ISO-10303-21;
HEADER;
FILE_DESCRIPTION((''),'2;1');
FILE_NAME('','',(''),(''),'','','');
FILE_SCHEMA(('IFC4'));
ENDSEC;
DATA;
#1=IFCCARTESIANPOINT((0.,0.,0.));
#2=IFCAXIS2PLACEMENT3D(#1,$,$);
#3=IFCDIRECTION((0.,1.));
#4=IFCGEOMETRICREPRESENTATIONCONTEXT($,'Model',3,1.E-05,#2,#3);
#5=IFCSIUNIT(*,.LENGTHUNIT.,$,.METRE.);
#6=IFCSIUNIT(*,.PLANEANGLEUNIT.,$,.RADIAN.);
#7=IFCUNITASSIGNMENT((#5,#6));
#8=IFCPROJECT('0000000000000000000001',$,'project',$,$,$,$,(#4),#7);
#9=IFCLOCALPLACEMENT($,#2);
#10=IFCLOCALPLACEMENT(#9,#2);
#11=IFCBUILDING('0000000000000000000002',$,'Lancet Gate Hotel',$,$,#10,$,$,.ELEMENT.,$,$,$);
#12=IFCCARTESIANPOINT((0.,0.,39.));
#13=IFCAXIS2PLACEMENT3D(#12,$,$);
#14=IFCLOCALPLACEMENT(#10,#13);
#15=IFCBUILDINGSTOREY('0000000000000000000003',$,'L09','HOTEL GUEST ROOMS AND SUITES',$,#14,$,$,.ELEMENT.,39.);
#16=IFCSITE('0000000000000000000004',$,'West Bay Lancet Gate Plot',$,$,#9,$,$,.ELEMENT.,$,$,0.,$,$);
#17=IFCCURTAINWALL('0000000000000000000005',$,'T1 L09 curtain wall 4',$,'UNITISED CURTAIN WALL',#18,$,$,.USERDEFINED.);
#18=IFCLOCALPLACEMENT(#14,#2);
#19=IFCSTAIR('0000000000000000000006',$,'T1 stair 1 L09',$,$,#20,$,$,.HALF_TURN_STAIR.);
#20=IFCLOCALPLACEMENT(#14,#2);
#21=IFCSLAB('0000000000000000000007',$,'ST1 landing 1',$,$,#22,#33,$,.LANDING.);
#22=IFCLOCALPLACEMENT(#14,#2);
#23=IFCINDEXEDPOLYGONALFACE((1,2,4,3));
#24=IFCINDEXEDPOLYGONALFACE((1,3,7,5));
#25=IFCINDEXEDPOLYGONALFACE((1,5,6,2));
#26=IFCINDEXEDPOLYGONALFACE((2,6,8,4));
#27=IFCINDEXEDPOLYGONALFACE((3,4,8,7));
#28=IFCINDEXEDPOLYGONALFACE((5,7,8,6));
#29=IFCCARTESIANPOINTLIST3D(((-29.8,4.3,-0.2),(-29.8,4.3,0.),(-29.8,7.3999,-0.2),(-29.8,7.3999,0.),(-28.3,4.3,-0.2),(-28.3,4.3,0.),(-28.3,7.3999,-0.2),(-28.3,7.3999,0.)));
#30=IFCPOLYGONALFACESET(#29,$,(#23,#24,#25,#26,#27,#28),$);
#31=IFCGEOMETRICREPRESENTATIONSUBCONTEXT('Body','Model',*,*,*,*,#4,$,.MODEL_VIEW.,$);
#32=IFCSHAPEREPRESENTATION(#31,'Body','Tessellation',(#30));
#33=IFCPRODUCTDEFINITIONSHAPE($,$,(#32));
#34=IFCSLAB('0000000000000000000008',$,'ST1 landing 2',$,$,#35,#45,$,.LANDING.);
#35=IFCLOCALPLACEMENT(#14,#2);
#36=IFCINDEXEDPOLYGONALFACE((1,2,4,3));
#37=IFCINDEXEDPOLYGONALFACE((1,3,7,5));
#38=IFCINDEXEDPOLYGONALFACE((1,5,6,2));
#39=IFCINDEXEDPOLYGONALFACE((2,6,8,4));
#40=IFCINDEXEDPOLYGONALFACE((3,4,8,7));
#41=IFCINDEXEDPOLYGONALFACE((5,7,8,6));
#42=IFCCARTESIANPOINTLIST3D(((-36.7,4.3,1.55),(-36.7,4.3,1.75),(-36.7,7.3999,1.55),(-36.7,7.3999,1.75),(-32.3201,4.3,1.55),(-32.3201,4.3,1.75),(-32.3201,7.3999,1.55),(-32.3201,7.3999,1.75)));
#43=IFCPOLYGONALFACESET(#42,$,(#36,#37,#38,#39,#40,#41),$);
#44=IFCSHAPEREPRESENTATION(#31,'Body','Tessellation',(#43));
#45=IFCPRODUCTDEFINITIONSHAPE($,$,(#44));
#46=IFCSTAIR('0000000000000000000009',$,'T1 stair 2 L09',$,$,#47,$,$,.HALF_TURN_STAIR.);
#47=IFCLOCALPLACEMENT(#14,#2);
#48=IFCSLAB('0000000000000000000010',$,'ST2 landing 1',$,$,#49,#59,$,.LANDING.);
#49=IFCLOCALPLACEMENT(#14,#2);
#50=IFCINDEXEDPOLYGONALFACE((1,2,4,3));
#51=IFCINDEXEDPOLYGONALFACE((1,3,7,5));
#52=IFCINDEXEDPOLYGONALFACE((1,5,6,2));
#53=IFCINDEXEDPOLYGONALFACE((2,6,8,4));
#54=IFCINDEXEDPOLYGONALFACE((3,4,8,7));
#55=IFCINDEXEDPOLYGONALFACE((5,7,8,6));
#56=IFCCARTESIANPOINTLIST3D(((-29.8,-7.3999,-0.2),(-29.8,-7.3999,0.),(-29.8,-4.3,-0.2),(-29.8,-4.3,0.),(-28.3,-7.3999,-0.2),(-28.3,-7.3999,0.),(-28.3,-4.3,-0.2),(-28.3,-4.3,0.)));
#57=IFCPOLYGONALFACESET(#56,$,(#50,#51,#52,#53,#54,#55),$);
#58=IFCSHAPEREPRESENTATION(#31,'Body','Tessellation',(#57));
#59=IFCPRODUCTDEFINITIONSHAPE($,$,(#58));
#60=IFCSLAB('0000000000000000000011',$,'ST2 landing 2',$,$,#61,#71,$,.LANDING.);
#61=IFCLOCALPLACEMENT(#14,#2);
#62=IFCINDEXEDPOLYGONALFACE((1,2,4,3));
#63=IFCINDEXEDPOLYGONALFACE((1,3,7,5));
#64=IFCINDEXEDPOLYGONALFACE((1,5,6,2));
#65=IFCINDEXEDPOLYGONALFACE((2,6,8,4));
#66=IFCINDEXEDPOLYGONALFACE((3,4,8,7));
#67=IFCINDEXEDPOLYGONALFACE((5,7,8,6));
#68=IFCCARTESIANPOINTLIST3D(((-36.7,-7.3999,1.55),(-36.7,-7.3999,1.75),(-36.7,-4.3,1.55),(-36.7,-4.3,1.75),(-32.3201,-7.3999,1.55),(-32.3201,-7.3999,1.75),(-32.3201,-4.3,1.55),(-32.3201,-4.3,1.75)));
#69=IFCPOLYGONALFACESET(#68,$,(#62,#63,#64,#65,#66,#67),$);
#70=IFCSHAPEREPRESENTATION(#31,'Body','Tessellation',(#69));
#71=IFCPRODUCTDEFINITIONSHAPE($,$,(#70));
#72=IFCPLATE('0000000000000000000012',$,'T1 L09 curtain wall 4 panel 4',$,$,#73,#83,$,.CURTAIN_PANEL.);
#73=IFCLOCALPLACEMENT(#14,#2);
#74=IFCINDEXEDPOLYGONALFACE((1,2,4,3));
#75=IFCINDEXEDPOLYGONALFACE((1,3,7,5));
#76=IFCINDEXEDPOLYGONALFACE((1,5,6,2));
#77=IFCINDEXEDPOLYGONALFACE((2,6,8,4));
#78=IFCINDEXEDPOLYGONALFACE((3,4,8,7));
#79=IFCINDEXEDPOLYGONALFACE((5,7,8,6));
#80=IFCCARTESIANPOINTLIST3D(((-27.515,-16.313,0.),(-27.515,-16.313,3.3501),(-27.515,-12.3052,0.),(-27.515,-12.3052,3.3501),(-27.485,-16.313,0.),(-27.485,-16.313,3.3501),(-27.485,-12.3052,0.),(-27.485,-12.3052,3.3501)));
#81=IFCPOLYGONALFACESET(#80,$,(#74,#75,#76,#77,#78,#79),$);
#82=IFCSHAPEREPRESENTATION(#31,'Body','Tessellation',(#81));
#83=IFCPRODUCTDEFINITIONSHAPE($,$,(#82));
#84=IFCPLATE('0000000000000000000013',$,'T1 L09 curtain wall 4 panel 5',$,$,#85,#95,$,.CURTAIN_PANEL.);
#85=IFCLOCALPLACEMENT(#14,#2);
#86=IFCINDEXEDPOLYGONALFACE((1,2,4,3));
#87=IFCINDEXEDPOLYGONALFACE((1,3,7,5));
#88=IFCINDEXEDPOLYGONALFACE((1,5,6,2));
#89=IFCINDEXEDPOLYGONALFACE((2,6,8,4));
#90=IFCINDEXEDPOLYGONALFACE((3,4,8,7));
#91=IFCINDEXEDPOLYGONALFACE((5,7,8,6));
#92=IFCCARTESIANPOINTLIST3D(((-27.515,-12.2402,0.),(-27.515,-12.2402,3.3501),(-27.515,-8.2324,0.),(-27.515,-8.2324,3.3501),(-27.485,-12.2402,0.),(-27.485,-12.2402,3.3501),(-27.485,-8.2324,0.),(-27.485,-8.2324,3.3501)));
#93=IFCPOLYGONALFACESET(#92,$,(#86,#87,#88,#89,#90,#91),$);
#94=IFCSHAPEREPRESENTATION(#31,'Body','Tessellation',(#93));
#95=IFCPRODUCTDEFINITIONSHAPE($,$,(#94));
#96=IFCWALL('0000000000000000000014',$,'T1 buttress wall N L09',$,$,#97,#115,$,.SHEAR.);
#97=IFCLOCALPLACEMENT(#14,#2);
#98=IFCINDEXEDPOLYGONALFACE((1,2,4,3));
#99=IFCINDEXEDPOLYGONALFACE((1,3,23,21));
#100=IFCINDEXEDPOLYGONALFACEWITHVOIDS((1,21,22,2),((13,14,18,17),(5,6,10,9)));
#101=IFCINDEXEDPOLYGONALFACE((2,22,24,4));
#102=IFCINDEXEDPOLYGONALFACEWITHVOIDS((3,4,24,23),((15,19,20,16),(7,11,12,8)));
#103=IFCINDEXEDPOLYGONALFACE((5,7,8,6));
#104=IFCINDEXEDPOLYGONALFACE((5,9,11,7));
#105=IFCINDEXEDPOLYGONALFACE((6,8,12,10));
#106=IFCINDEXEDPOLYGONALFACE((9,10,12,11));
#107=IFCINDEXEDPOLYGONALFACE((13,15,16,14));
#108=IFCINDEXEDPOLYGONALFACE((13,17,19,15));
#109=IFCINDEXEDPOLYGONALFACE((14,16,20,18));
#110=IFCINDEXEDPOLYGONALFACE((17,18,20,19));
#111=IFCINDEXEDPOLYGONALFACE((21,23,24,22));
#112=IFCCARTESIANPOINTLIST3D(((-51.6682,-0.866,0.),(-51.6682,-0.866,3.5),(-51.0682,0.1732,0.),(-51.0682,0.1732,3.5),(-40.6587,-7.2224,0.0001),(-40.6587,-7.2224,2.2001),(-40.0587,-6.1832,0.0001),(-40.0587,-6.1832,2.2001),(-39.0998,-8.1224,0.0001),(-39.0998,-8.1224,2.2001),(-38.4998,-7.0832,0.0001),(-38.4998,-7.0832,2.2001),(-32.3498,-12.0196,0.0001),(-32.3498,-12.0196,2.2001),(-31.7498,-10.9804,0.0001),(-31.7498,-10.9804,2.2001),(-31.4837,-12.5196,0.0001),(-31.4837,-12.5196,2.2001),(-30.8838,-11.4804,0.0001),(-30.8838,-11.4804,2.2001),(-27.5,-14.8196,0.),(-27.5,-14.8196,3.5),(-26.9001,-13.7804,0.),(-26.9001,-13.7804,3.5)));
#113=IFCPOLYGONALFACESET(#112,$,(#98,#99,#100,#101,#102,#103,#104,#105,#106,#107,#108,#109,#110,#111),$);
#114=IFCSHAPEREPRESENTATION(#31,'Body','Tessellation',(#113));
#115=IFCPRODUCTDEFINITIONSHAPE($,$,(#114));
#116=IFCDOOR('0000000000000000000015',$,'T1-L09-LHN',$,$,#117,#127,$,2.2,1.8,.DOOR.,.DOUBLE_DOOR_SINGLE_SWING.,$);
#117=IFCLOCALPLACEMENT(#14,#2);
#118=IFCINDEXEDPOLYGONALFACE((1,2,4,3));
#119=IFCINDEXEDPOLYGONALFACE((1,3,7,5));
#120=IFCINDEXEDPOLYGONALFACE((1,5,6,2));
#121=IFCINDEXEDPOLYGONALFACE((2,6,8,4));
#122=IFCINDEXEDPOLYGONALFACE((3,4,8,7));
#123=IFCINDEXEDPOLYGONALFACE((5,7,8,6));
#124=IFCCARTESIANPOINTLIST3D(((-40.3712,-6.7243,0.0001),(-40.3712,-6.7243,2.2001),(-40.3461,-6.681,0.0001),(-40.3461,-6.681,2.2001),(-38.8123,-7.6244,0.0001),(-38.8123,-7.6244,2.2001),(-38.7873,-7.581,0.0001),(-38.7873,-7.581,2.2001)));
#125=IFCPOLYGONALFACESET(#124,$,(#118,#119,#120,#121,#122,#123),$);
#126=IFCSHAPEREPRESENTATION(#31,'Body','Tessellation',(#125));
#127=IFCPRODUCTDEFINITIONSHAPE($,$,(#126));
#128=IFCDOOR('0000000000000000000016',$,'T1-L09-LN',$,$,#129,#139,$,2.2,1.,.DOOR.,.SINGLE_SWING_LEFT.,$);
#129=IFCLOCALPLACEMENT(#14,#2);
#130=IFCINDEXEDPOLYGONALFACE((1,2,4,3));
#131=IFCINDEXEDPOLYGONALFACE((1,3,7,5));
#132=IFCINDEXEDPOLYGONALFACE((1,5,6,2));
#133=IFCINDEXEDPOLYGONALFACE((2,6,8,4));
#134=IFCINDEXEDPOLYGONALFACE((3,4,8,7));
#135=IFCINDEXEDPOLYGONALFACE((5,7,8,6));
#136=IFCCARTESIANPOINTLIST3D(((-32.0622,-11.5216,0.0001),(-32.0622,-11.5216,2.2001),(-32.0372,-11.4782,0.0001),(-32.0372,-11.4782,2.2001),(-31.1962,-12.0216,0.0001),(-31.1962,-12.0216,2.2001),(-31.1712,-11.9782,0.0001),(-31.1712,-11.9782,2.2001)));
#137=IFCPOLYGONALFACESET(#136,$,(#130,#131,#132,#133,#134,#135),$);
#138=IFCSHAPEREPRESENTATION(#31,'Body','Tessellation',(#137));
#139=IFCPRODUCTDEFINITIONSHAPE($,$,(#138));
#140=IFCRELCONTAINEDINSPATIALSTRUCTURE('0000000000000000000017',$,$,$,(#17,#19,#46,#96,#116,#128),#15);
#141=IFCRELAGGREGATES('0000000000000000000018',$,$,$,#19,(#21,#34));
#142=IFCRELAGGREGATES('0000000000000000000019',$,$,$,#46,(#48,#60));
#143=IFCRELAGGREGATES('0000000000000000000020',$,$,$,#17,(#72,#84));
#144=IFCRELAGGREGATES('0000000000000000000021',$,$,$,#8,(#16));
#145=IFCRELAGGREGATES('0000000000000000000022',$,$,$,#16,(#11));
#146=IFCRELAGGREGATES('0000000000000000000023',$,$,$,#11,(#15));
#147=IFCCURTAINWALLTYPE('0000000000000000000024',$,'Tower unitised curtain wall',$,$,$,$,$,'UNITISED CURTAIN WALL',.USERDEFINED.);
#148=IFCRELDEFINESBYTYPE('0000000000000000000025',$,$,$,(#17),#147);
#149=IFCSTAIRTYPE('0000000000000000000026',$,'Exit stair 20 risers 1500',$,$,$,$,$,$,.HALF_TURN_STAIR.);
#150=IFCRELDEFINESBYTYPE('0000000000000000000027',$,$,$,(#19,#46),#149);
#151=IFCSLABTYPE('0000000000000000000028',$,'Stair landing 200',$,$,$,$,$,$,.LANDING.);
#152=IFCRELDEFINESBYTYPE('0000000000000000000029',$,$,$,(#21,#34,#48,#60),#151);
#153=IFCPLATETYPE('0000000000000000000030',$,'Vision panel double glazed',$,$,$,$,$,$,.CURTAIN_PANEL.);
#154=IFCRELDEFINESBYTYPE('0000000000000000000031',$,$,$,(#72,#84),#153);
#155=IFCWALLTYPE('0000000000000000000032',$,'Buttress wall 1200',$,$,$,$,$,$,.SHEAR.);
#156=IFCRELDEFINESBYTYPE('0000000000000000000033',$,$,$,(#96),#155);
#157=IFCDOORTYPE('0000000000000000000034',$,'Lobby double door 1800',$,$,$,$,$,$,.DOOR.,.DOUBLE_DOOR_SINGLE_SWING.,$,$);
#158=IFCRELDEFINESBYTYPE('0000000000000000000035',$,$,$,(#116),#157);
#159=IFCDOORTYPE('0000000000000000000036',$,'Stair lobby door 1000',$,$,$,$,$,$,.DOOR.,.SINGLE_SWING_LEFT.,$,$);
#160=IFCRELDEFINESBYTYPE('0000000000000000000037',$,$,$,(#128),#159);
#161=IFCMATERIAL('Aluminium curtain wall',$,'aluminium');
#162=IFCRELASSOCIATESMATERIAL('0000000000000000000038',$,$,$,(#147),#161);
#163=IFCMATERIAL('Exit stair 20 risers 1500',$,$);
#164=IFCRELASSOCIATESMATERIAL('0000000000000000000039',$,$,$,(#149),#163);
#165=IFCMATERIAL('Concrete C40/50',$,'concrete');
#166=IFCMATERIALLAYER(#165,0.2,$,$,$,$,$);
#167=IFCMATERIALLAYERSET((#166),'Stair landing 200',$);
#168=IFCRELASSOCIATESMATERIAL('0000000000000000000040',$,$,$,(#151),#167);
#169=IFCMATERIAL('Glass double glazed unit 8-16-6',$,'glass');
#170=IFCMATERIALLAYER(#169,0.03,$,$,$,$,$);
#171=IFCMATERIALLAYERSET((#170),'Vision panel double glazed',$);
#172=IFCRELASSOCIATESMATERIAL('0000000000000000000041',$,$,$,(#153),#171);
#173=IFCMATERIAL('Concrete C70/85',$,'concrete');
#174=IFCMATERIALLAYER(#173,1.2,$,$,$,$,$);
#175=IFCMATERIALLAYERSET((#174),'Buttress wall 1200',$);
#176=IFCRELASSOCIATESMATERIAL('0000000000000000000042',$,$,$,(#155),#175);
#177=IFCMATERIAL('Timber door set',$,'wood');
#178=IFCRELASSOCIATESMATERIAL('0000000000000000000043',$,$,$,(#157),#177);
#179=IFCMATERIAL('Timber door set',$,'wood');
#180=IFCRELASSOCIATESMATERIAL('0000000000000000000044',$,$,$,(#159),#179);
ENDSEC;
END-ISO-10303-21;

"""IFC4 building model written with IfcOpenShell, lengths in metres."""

from ifc_helpers import new_model, si_unit, direction, frame, frame_2d, origin, origin_2d, place, context, subcontext, project, spatial, polyline, rectangle, outline, extrude, material, layer, layer_set, type_object, element, fill, aggregate, save


model = new_model("IFC4")

# Units and contexts
model_context = context("Model", 3, precision=1e-05, world=origin(), true_north=direction((0.0, 1.0)))
body_context = subcontext(model_context, "Body", "Model", "MODEL_VIEW")
ifc_project = project(units=[si_unit("LENGTHUNIT", "METRE"), si_unit("PLANEANGLEUNIT", "RADIAN")], contexts=[model_context])

# Site, building, storey
site_placement = place(None, origin())
site = spatial("IfcSite", under=ifc_project, at=site_placement, Name="West Bay Lancet Gate Plot", CompositionType="ELEMENT", RefElevation=0.0)
building_placement = place(site_placement, origin())
building = spatial("IfcBuilding", under=site, at=building_placement, Name="Lancet Gate Hotel", CompositionType="ELEMENT")
storey_placement = place(building_placement, frame((0.0, 0.0, 39.0)))
storey = spatial("IfcBuildingStorey", under=building, at=storey_placement, Name="L09", Description="HOTEL GUEST ROOMS AND SUITES", CompositionType="ELEMENT", Elevation=39.0)

# Curtain wall
ifc_material_1 = material(Name="Aluminium curtain wall", Category="aluminium")
curtain_wall_type = type_object("IfcCurtainWallType", Name="Tower unitised curtain wall", ElementType="UNITISED CURTAIN WALL", PredefinedType="USERDEFINED", material=ifc_material_1)
curtain_wall_placement = place(storey_placement, origin())
curtain_wall = element("IfcCurtainWall", 1, at=curtain_wall_placement, inside=storey, type_object=curtain_wall_type, Name="T1 L09 curtain wall 4", ObjectType="UNITISED CURTAIN WALL", PredefinedType="USERDEFINED")

# Stairs, slabs
ifc_material_2 = material(Name="Exit stair 20 risers 1500")
stair_type = type_object("IfcStairType", Name="Exit stair 20 risers 1500", PredefinedType="HALF_TURN_STAIR", material=ifc_material_2)
stair_1_placement = place(storey_placement, origin())
stair_1 = element("IfcStair", 2, at=stair_1_placement, inside=storey, type_object=stair_type, Name="T1 stair 1 L09", PredefinedType="HALF_TURN_STAIR")
ifc_material_3 = material(Name="Concrete C40/50", Category="concrete")
ifc_layer_1 = layer(ifc_material_3, 0.2)
ifc_layer_set_1 = layer_set([ifc_layer_1], Name="Stair landing 200")
slab_type_1 = type_object("IfcSlabType", Name="Stair landing 200", PredefinedType="LANDING", material=ifc_layer_set_1)
slab_1_placement = place(storey_placement, frame((0.0, 0.0, -0.2)))
slab_1 = element("IfcSlab", 3, at=slab_1_placement, type_object=slab_type_1, Name="ST1 landing 1", PredefinedType="LANDING", context=body_context, shape_type="SweptSolid", body=[
    extrude(outline(polyline([(-28.3, 7.3999), (-29.8, 7.3999), (-29.8, 4.3), (-28.3, 4.3), (-28.3, 7.3999)])), origin(), (0.0, 0.0, 1.0), 0.2),
])
slab_2_placement = place(storey_placement, frame((0.0, 0.0, 1.55)))
slab_2 = element("IfcSlab", 4, at=slab_2_placement, type_object=slab_type_1, Name="ST1 landing 2", PredefinedType="LANDING", context=body_context, shape_type="SweptSolid", body=[
    extrude(outline(polyline([(-32.3201, 7.3999), (-36.7, 7.3999), (-36.7, 4.3), (-32.3201, 4.3), (-32.3201, 7.3999)])), origin(), (0.0, 0.0, 1.0), 0.2),
])
aggregate(stair_1, [slab_1, slab_2])
stair_2_placement = place(storey_placement, origin())
stair_2 = element("IfcStair", 5, at=stair_2_placement, inside=storey, type_object=stair_type, Name="T1 stair 2 L09", PredefinedType="HALF_TURN_STAIR")
slab_3_placement = place(storey_placement, frame((0.0, 0.0, -0.2)))
slab_3 = element("IfcSlab", 6, at=slab_3_placement, type_object=slab_type_1, Name="ST2 landing 1", PredefinedType="LANDING", context=body_context, shape_type="SweptSolid", body=[
    extrude(outline(polyline([(-28.3, -4.3), (-29.8, -4.3), (-29.8, -7.3999), (-28.3, -7.3999), (-28.3, -4.3)])), origin(), (0.0, 0.0, 1.0), 0.2),
])
slab_4_placement = place(storey_placement, frame((0.0, 0.0, 1.55)))
slab_4 = element("IfcSlab", 7, at=slab_4_placement, type_object=slab_type_1, Name="ST2 landing 2", PredefinedType="LANDING", context=body_context, shape_type="SweptSolid", body=[
    extrude(outline(polyline([(-32.3201, -4.3), (-36.7, -4.3), (-36.7, -7.3999), (-32.3201, -7.3999), (-32.3201, -4.3)])), origin(), (0.0, 0.0, 1.0), 0.2),
])
aggregate(stair_2, [slab_3, slab_4])

# Plates
ifc_material_4 = material(Name="Glass double glazed unit 8-16-6", Category="glass")
ifc_layer_2 = layer(ifc_material_4, 0.03)
ifc_layer_set_2 = layer_set([ifc_layer_2], Name="Vision panel double glazed")
plate_type = type_object("IfcPlateType", Name="Vision panel double glazed", PredefinedType="CURTAIN_PANEL", material=ifc_layer_set_2)
plate_1_placement = place(storey_placement, frame((-27.5, -14.3091, 0.0), z_axis=(0.0, 0.0, 1.0), x_axis=(0.0, 1.0, 0.0)))
plate_1 = element("IfcPlate", 8, at=plate_1_placement, type_object=plate_type, Name="T1 L09 curtain wall 4 panel 4", PredefinedType="CURTAIN_PANEL", context=body_context, shape_type="SweptSolid", body=[
    extrude(rectangle(XDim=4.0078, YDim=0.03, at=origin_2d()), origin(), (0.0, 0.0, 1.0), 3.3501),
])
plate_2_placement = place(storey_placement, frame((-27.5, -10.2363, 0.0), z_axis=(0.0, 0.0, 1.0), x_axis=(0.0, 1.0, 0.0)))
plate_2 = element("IfcPlate", 9, at=plate_2_placement, type_object=plate_type, Name="T1 L09 curtain wall 4 panel 5", PredefinedType="CURTAIN_PANEL", context=body_context, shape_type="SweptSolid", body=[
    extrude(rectangle(XDim=4.0078, YDim=0.03, at=origin_2d()), origin(), (0.0, 0.0, 1.0), 3.3501),
])
aggregate(curtain_wall, [plate_1, plate_2])

# Wall, openings, doors
ifc_material_5 = material(Name="Concrete C70/85", Category="concrete")
ifc_layer_3 = layer(ifc_material_5, 1.2)
ifc_layer_set_3 = layer_set([ifc_layer_3], Name="Buttress wall 1200")
wall_type = type_object("IfcWallType", Name="Buttress wall 1200", PredefinedType="SHEAR", material=ifc_layer_set_3)
wall_placement = place(storey_placement, frame((-27.2, -14.3, 0.0), z_axis=(0.0, 0.0, 1.0), x_axis=(-0.866024, 0.500002, 0.0)))
wall = element("IfcWall", 10, at=wall_placement, inside=storey, type_object=wall_type, Name="T1 buttress wall N L09", PredefinedType="SHEAR", context=body_context, shape_type="SweptSolid", body=[
    extrude(rectangle(XDim=27.907, YDim=1.2, at=frame_2d((13.9536, 0.0))), origin(), (0.0, 0.0, 1.0), 3.5),
])
opening_1_placement = place(wall_placement, frame((4.6001, 0.0, 0.0)))
opening_1 = element("IfcOpeningElement", 11, at=opening_1_placement, cuts=wall, PredefinedType="OPENING", context=body_context, shape_type="SweptSolid", body=[
    extrude(rectangle(XDim=1.0, YDim=2.2, at=frame_2d((0.5, 1.1001))), frame((0.0, 0.6099, 0.0), z_axis=(0.0, -1.0, 0.0), x_axis=(1.0, 0.0, 0.0)), (0.0, 0.0, 1.0), 1.22),
])
opening_2_placement = place(wall_placement, frame((13.3945, 0.0, 0.0)))
opening_2 = element("IfcOpeningElement", 12, at=opening_2_placement, cuts=wall, PredefinedType="OPENING", context=body_context, shape_type="SweptSolid", body=[
    extrude(rectangle(XDim=1.8, YDim=2.2, at=frame_2d((0.8999, 1.1001))), frame((0.0, 0.6099, 0.0), z_axis=(0.0, -1.0, 0.0), x_axis=(1.0, 0.0, 0.0)), (0.0, 0.0, 1.0), 1.22),
])
ifc_material_6 = material(Name="Timber door set", Category="wood")
door_type_1 = type_object("IfcDoorType", Name="Lobby double door 1800", OperationType="DOUBLE_DOOR_SINGLE_SWING", PredefinedType="DOOR", material=ifc_material_6)
door_1_placement = place(opening_2_placement, origin())
door_1 = element("IfcDoor", 13, at=door_1_placement, inside=storey, type_object=door_type_1, Name="T1-L09-LHN", OperationType="DOUBLE_DOOR_SINGLE_SWING", OverallHeight=2.2, OverallWidth=1.8, PredefinedType="DOOR", context=body_context, shape_type="SweptSolid", body=[
    extrude(rectangle(XDim=1.8, YDim=2.2, at=frame_2d((0.8999, 1.1001))), frame((0.0, 0.0249, 0.0), z_axis=(0.0, -1.0, 0.0), x_axis=(1.0, 0.0, 0.0)), (0.0, 0.0, 1.0), 0.05),
])
fill(opening_2, door_1)
ifc_material_7 = material(Name="Timber door set", Category="wood")
door_type_2 = type_object("IfcDoorType", Name="Stair lobby door 1000", OperationType="SINGLE_SWING_LEFT", PredefinedType="DOOR", material=ifc_material_7)
door_2_placement = place(opening_1_placement, origin())
door_2 = element("IfcDoor", 14, at=door_2_placement, inside=storey, type_object=door_type_2, Name="T1-L09-LN", OperationType="SINGLE_SWING_LEFT", OverallHeight=2.2, OverallWidth=1.0, PredefinedType="DOOR", context=body_context, shape_type="SweptSolid", body=[
    extrude(rectangle(XDim=1.0, YDim=2.2, at=frame_2d((0.5, 1.1001))), frame((0.0, 0.0249, 0.0), z_axis=(0.0, -1.0, 0.0), x_axis=(1.0, 0.0, 0.0)), (0.0, 0.0, 1.0), 0.05),
])
fill(opening_1, door_2)

save(model, "model.ifc")
